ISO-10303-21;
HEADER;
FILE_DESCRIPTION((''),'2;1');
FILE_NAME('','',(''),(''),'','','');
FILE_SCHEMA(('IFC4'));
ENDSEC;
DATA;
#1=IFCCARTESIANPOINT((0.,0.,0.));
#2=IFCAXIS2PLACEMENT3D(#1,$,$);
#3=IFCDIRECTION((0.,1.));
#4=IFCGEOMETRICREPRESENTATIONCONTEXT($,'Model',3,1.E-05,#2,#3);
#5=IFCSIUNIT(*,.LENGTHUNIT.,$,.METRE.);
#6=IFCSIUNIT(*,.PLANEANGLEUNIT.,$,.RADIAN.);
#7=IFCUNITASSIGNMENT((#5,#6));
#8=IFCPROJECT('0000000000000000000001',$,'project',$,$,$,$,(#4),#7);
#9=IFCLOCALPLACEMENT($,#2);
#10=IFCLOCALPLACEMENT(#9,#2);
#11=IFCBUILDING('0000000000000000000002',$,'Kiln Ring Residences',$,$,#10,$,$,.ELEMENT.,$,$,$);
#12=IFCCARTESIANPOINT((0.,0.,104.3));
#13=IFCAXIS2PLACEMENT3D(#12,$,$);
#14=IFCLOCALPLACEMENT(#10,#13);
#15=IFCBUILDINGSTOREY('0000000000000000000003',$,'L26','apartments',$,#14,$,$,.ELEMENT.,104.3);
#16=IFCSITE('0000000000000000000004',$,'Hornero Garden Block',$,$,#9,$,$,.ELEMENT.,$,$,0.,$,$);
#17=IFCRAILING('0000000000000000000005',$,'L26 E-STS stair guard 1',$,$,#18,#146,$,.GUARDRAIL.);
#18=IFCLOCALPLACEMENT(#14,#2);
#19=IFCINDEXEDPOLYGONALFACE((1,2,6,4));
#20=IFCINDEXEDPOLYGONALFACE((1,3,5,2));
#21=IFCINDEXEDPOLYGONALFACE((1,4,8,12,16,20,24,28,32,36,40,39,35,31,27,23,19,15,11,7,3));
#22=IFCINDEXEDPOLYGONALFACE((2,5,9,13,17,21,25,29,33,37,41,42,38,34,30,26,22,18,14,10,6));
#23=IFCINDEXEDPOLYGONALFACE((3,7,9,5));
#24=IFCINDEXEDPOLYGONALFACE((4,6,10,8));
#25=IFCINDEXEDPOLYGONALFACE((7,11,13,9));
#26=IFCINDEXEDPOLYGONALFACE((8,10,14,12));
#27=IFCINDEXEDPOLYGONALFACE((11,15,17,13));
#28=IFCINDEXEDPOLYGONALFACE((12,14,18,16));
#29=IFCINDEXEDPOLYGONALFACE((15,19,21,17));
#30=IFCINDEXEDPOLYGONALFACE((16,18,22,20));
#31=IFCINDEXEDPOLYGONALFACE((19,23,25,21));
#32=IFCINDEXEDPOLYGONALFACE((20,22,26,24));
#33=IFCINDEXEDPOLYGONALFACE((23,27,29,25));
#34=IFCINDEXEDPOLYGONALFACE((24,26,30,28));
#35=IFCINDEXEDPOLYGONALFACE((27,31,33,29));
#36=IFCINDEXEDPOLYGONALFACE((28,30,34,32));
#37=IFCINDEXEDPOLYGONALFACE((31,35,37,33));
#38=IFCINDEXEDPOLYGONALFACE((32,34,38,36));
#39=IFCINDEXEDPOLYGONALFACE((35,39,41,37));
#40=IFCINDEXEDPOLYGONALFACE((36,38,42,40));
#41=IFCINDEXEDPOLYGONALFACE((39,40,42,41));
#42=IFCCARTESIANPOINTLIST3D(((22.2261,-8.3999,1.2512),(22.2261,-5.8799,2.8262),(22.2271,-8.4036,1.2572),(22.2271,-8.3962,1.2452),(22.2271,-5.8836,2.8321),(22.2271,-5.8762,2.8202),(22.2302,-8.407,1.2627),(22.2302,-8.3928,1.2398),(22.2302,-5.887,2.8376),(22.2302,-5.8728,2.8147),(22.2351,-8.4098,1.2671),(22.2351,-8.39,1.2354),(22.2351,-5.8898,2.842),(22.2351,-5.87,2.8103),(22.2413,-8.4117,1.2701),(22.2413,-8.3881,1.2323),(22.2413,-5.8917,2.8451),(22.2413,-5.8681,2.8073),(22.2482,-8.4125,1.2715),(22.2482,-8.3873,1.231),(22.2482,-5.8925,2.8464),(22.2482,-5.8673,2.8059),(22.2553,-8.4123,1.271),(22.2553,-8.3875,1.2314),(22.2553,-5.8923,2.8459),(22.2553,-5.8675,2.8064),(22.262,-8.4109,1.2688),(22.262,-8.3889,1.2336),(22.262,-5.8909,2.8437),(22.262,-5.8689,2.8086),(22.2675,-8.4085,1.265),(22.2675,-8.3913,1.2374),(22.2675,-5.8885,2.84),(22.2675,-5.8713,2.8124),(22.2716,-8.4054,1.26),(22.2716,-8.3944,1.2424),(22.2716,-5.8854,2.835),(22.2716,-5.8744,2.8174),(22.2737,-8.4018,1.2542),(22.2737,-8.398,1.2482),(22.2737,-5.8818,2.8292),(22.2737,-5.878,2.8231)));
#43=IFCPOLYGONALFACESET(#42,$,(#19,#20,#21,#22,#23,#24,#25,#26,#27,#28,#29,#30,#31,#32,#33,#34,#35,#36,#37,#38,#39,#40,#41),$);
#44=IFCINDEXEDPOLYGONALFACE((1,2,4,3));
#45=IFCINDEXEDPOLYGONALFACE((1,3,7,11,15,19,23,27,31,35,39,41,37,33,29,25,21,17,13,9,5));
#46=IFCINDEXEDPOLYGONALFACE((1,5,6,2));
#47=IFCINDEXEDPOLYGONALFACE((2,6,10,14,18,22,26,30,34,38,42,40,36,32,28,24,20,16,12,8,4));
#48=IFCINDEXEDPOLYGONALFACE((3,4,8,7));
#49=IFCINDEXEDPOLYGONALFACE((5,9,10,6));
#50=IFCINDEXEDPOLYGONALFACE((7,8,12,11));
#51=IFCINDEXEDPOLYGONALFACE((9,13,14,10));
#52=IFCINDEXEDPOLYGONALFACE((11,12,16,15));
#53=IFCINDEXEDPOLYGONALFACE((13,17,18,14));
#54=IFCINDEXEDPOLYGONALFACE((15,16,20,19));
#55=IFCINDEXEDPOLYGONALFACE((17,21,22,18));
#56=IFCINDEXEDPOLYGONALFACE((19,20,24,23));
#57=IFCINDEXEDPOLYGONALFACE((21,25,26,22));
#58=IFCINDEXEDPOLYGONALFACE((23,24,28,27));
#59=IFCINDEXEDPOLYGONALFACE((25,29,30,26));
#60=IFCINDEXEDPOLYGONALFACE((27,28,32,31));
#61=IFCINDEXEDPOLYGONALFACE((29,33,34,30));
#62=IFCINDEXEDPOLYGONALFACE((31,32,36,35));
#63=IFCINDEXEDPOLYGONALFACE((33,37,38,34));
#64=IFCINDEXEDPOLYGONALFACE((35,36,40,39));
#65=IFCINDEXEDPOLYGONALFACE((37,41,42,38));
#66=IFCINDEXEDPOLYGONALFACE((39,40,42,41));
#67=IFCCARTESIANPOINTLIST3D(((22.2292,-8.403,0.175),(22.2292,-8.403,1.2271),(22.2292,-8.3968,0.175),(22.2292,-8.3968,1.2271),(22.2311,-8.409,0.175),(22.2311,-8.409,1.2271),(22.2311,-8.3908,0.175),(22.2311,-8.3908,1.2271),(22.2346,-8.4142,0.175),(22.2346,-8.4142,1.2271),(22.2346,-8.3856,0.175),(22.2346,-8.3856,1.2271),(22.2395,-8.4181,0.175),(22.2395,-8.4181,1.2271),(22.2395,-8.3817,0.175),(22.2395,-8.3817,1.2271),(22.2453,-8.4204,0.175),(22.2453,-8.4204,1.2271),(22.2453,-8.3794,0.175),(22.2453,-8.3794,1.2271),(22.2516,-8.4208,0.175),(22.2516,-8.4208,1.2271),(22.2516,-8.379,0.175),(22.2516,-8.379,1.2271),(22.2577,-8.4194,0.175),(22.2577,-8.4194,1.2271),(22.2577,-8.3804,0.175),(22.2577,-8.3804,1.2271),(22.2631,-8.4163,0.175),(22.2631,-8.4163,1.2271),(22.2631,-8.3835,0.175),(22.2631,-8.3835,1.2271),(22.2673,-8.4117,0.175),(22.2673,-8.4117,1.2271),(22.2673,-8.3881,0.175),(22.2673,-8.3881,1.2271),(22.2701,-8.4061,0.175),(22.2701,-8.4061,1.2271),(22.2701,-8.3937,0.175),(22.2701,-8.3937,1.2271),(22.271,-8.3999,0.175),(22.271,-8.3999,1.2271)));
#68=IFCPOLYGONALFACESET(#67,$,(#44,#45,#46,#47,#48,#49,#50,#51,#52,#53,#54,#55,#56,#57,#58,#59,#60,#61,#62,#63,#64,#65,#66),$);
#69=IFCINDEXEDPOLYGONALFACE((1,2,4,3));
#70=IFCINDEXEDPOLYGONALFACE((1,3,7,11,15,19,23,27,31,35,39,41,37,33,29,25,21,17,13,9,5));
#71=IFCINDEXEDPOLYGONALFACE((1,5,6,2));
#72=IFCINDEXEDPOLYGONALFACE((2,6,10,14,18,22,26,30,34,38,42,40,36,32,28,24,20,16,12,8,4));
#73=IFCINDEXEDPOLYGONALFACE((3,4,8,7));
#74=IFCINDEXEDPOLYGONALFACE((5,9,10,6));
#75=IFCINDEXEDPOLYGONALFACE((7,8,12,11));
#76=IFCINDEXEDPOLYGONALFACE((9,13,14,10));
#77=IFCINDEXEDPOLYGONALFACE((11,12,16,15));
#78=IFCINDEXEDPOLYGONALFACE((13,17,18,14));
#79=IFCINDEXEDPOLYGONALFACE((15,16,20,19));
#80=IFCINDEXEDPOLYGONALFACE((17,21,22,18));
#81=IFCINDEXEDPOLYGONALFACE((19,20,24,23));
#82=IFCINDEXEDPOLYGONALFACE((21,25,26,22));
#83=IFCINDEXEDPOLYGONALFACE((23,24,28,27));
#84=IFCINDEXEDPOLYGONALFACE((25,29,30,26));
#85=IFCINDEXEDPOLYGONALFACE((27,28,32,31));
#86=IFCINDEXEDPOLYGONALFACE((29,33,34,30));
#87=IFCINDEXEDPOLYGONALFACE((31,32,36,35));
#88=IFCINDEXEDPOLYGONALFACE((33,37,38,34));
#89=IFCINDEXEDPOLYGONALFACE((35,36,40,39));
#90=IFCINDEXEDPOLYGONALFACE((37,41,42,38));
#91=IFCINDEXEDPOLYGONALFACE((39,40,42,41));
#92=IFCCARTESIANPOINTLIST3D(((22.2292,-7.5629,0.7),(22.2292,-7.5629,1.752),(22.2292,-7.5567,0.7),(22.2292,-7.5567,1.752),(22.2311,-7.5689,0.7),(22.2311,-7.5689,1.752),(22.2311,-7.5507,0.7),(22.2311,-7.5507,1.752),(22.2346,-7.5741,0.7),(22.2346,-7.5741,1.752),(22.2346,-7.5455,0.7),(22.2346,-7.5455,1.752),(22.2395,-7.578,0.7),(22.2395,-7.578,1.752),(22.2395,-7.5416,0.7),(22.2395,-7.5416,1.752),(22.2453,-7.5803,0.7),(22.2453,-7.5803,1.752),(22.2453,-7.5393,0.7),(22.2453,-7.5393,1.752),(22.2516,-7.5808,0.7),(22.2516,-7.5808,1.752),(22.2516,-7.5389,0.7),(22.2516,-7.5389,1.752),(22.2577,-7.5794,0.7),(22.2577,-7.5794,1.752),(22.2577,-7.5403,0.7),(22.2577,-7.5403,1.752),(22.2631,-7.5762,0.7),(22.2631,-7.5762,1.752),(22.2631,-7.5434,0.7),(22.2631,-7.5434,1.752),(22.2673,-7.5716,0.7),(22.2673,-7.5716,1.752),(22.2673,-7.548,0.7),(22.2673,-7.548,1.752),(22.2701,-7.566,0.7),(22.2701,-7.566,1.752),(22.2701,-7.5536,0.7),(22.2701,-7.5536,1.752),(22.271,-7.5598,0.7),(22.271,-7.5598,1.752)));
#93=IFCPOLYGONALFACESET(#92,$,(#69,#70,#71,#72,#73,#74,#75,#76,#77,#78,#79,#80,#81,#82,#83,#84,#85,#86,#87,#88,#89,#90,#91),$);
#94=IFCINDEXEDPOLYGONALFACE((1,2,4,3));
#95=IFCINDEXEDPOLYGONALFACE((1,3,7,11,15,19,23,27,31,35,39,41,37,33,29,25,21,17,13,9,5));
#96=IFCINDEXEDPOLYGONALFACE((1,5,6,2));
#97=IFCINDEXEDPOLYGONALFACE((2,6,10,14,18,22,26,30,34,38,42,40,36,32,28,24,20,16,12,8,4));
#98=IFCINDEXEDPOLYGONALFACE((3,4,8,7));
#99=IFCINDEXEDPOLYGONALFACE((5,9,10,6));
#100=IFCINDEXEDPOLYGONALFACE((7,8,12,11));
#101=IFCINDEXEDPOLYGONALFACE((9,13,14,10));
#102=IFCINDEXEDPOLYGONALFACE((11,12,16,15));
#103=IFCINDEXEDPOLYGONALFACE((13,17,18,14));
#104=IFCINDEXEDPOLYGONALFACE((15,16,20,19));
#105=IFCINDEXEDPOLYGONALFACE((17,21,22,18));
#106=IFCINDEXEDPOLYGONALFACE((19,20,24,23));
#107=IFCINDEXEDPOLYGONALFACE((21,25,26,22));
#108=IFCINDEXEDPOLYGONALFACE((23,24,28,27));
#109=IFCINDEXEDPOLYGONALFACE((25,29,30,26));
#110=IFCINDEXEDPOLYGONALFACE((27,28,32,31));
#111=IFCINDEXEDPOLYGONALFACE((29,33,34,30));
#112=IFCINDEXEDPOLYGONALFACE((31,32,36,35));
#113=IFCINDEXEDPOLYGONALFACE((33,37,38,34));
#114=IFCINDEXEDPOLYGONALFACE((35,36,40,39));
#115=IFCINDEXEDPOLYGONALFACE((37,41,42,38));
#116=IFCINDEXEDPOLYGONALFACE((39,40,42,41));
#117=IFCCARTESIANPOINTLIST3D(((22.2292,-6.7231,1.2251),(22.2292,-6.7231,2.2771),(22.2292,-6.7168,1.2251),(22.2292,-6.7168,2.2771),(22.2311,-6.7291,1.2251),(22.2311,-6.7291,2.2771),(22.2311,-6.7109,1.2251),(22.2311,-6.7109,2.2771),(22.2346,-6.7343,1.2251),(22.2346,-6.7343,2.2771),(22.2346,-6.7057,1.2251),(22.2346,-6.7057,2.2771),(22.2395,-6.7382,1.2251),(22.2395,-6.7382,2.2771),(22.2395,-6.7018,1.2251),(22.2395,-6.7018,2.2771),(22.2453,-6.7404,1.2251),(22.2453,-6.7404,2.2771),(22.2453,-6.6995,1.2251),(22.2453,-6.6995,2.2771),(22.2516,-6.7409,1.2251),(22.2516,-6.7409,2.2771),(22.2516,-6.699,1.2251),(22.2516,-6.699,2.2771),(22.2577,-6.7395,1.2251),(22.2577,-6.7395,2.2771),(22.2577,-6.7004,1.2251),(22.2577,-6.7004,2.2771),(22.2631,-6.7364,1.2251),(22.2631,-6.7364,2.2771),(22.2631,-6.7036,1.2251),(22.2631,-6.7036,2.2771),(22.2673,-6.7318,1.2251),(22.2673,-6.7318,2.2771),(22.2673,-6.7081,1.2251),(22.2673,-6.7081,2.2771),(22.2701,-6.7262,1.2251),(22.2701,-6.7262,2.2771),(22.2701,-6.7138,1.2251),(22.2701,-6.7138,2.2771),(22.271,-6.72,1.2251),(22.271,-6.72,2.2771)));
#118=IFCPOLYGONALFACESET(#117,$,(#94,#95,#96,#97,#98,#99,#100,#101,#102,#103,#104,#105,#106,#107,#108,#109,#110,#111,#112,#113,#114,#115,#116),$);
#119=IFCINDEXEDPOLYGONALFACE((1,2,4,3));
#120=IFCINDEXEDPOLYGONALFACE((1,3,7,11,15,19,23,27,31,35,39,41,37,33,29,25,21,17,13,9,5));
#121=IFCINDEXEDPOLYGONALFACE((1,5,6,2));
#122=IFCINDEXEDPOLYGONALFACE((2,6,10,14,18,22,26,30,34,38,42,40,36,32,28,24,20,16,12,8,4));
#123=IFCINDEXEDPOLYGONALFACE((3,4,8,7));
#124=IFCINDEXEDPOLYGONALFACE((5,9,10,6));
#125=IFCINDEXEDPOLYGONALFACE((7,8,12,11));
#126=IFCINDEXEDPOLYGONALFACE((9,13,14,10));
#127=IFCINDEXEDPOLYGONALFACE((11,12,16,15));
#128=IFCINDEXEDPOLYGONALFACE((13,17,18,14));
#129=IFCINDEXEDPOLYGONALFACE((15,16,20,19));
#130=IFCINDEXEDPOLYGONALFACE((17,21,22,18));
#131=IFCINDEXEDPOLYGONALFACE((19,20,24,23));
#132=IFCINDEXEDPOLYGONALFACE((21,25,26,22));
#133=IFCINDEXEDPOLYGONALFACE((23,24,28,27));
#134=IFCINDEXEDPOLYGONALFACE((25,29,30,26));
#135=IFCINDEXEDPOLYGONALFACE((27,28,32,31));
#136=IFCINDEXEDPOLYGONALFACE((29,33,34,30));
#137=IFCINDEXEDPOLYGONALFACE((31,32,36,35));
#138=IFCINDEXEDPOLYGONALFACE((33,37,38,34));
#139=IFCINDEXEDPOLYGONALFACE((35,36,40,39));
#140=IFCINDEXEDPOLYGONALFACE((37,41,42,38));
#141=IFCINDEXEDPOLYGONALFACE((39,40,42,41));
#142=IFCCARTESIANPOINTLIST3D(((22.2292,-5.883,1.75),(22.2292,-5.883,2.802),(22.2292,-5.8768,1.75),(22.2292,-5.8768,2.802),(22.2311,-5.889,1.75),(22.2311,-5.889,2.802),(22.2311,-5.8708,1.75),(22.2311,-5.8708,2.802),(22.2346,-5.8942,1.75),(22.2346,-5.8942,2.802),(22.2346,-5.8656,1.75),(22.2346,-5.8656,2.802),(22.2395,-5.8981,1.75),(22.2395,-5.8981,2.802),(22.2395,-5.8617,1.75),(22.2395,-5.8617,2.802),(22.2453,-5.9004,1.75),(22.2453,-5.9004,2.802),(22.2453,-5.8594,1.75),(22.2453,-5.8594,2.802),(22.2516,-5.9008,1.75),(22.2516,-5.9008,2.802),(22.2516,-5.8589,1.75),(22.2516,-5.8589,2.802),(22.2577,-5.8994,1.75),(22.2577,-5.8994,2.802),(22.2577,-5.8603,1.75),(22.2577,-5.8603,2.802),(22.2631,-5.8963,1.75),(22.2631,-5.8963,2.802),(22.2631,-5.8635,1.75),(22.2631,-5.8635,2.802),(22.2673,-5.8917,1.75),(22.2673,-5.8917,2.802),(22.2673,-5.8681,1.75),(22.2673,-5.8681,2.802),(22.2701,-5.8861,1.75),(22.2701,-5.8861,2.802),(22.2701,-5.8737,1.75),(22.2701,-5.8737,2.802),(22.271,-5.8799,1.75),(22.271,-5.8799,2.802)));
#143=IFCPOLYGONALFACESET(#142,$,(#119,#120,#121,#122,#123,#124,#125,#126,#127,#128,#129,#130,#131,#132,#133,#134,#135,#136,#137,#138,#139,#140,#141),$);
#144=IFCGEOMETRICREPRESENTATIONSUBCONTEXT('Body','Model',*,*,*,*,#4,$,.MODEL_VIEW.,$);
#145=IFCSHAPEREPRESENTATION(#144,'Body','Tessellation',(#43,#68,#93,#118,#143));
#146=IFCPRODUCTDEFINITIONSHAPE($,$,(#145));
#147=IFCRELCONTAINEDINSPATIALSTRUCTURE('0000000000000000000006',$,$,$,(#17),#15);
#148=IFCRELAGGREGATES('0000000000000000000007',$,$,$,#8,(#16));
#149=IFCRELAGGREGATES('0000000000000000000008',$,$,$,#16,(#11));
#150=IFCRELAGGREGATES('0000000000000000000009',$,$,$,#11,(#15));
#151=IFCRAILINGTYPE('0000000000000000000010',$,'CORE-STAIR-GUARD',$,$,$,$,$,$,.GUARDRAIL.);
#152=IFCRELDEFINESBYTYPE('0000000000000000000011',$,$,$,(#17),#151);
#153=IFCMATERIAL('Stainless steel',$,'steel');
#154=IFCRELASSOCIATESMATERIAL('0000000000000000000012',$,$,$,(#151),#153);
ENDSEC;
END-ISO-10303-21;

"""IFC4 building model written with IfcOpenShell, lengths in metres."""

from ifc_helpers import new_model, si_unit, direction, frame, origin, origin_2d, place, context, subcontext, project, spatial, circle, extrude, material, type_object, element, save


model = new_model("IFC4")

# Units and contexts
model_context = context("Model", 3, precision=1e-05, world=origin(), true_north=direction((0.0, 1.0)))
body_context = subcontext(model_context, "Body", "Model", "MODEL_VIEW")
ifc_project = project(units=[si_unit("LENGTHUNIT", "METRE"), si_unit("PLANEANGLEUNIT", "RADIAN")], contexts=[model_context])

# Site, building, storey
site_placement = place(None, origin())
site = spatial("IfcSite", under=ifc_project, at=site_placement, Name="Hornero Garden Block", CompositionType="ELEMENT", RefElevation=0.0)
building_placement = place(site_placement, origin())
building = spatial("IfcBuilding", under=site, at=building_placement, Name="Kiln Ring Residences", CompositionType="ELEMENT")
storey_placement = place(building_placement, frame((0.0, 0.0, 104.3)))
storey = spatial("IfcBuildingStorey", under=building, at=storey_placement, Name="L26", Description="apartments", CompositionType="ELEMENT", Elevation=104.3)

# Railing
ifc_material_1 = material(Name="Stainless steel", Category="steel")
railing_type_1 = type_object("IfcRailingType", Name="CORE-STAIR-GUARD", PredefinedType="GUARDRAIL", material=ifc_material_1)
railing_1_placement = place(storey_placement, frame((22.25, -8.3999, 0.175)))
element("IfcRailing", 1, at=railing_1_placement, inside=storey, type_object=railing_type_1, Name="L26 E-STS stair guard 1", PredefinedType="GUARDRAIL", context=body_context, shape_type="SweptSolid", body=[
    extrude(circle(Radius=0.0239, at=origin_2d()), frame((0.0, 0.0, 1.0762), z_axis=(0.0, 0.848008, 0.529984), x_axis=(-1.0, 0.0, 0.0)), (0.0, 0.0, 1.0), 2.9717),
    extrude(circle(Radius=0.021, at=origin_2d()), origin(), (0.0, 0.0, 1.0), 1.052),
    extrude(circle(Radius=0.021, at=origin_2d()), frame((0.0, 0.8401, 0.5249)), (0.0, 0.0, 1.0), 1.052),
    extrude(circle(Radius=0.021, at=origin_2d()), frame((0.0, 1.6799, 1.05)), (0.0, 0.0, 1.0), 1.052),
    extrude(circle(Radius=0.021, at=origin_2d()), frame((0.0, 2.52, 1.575)), (0.0, 0.0, 1.0), 1.052),
])

save(model, "model.ifc")
